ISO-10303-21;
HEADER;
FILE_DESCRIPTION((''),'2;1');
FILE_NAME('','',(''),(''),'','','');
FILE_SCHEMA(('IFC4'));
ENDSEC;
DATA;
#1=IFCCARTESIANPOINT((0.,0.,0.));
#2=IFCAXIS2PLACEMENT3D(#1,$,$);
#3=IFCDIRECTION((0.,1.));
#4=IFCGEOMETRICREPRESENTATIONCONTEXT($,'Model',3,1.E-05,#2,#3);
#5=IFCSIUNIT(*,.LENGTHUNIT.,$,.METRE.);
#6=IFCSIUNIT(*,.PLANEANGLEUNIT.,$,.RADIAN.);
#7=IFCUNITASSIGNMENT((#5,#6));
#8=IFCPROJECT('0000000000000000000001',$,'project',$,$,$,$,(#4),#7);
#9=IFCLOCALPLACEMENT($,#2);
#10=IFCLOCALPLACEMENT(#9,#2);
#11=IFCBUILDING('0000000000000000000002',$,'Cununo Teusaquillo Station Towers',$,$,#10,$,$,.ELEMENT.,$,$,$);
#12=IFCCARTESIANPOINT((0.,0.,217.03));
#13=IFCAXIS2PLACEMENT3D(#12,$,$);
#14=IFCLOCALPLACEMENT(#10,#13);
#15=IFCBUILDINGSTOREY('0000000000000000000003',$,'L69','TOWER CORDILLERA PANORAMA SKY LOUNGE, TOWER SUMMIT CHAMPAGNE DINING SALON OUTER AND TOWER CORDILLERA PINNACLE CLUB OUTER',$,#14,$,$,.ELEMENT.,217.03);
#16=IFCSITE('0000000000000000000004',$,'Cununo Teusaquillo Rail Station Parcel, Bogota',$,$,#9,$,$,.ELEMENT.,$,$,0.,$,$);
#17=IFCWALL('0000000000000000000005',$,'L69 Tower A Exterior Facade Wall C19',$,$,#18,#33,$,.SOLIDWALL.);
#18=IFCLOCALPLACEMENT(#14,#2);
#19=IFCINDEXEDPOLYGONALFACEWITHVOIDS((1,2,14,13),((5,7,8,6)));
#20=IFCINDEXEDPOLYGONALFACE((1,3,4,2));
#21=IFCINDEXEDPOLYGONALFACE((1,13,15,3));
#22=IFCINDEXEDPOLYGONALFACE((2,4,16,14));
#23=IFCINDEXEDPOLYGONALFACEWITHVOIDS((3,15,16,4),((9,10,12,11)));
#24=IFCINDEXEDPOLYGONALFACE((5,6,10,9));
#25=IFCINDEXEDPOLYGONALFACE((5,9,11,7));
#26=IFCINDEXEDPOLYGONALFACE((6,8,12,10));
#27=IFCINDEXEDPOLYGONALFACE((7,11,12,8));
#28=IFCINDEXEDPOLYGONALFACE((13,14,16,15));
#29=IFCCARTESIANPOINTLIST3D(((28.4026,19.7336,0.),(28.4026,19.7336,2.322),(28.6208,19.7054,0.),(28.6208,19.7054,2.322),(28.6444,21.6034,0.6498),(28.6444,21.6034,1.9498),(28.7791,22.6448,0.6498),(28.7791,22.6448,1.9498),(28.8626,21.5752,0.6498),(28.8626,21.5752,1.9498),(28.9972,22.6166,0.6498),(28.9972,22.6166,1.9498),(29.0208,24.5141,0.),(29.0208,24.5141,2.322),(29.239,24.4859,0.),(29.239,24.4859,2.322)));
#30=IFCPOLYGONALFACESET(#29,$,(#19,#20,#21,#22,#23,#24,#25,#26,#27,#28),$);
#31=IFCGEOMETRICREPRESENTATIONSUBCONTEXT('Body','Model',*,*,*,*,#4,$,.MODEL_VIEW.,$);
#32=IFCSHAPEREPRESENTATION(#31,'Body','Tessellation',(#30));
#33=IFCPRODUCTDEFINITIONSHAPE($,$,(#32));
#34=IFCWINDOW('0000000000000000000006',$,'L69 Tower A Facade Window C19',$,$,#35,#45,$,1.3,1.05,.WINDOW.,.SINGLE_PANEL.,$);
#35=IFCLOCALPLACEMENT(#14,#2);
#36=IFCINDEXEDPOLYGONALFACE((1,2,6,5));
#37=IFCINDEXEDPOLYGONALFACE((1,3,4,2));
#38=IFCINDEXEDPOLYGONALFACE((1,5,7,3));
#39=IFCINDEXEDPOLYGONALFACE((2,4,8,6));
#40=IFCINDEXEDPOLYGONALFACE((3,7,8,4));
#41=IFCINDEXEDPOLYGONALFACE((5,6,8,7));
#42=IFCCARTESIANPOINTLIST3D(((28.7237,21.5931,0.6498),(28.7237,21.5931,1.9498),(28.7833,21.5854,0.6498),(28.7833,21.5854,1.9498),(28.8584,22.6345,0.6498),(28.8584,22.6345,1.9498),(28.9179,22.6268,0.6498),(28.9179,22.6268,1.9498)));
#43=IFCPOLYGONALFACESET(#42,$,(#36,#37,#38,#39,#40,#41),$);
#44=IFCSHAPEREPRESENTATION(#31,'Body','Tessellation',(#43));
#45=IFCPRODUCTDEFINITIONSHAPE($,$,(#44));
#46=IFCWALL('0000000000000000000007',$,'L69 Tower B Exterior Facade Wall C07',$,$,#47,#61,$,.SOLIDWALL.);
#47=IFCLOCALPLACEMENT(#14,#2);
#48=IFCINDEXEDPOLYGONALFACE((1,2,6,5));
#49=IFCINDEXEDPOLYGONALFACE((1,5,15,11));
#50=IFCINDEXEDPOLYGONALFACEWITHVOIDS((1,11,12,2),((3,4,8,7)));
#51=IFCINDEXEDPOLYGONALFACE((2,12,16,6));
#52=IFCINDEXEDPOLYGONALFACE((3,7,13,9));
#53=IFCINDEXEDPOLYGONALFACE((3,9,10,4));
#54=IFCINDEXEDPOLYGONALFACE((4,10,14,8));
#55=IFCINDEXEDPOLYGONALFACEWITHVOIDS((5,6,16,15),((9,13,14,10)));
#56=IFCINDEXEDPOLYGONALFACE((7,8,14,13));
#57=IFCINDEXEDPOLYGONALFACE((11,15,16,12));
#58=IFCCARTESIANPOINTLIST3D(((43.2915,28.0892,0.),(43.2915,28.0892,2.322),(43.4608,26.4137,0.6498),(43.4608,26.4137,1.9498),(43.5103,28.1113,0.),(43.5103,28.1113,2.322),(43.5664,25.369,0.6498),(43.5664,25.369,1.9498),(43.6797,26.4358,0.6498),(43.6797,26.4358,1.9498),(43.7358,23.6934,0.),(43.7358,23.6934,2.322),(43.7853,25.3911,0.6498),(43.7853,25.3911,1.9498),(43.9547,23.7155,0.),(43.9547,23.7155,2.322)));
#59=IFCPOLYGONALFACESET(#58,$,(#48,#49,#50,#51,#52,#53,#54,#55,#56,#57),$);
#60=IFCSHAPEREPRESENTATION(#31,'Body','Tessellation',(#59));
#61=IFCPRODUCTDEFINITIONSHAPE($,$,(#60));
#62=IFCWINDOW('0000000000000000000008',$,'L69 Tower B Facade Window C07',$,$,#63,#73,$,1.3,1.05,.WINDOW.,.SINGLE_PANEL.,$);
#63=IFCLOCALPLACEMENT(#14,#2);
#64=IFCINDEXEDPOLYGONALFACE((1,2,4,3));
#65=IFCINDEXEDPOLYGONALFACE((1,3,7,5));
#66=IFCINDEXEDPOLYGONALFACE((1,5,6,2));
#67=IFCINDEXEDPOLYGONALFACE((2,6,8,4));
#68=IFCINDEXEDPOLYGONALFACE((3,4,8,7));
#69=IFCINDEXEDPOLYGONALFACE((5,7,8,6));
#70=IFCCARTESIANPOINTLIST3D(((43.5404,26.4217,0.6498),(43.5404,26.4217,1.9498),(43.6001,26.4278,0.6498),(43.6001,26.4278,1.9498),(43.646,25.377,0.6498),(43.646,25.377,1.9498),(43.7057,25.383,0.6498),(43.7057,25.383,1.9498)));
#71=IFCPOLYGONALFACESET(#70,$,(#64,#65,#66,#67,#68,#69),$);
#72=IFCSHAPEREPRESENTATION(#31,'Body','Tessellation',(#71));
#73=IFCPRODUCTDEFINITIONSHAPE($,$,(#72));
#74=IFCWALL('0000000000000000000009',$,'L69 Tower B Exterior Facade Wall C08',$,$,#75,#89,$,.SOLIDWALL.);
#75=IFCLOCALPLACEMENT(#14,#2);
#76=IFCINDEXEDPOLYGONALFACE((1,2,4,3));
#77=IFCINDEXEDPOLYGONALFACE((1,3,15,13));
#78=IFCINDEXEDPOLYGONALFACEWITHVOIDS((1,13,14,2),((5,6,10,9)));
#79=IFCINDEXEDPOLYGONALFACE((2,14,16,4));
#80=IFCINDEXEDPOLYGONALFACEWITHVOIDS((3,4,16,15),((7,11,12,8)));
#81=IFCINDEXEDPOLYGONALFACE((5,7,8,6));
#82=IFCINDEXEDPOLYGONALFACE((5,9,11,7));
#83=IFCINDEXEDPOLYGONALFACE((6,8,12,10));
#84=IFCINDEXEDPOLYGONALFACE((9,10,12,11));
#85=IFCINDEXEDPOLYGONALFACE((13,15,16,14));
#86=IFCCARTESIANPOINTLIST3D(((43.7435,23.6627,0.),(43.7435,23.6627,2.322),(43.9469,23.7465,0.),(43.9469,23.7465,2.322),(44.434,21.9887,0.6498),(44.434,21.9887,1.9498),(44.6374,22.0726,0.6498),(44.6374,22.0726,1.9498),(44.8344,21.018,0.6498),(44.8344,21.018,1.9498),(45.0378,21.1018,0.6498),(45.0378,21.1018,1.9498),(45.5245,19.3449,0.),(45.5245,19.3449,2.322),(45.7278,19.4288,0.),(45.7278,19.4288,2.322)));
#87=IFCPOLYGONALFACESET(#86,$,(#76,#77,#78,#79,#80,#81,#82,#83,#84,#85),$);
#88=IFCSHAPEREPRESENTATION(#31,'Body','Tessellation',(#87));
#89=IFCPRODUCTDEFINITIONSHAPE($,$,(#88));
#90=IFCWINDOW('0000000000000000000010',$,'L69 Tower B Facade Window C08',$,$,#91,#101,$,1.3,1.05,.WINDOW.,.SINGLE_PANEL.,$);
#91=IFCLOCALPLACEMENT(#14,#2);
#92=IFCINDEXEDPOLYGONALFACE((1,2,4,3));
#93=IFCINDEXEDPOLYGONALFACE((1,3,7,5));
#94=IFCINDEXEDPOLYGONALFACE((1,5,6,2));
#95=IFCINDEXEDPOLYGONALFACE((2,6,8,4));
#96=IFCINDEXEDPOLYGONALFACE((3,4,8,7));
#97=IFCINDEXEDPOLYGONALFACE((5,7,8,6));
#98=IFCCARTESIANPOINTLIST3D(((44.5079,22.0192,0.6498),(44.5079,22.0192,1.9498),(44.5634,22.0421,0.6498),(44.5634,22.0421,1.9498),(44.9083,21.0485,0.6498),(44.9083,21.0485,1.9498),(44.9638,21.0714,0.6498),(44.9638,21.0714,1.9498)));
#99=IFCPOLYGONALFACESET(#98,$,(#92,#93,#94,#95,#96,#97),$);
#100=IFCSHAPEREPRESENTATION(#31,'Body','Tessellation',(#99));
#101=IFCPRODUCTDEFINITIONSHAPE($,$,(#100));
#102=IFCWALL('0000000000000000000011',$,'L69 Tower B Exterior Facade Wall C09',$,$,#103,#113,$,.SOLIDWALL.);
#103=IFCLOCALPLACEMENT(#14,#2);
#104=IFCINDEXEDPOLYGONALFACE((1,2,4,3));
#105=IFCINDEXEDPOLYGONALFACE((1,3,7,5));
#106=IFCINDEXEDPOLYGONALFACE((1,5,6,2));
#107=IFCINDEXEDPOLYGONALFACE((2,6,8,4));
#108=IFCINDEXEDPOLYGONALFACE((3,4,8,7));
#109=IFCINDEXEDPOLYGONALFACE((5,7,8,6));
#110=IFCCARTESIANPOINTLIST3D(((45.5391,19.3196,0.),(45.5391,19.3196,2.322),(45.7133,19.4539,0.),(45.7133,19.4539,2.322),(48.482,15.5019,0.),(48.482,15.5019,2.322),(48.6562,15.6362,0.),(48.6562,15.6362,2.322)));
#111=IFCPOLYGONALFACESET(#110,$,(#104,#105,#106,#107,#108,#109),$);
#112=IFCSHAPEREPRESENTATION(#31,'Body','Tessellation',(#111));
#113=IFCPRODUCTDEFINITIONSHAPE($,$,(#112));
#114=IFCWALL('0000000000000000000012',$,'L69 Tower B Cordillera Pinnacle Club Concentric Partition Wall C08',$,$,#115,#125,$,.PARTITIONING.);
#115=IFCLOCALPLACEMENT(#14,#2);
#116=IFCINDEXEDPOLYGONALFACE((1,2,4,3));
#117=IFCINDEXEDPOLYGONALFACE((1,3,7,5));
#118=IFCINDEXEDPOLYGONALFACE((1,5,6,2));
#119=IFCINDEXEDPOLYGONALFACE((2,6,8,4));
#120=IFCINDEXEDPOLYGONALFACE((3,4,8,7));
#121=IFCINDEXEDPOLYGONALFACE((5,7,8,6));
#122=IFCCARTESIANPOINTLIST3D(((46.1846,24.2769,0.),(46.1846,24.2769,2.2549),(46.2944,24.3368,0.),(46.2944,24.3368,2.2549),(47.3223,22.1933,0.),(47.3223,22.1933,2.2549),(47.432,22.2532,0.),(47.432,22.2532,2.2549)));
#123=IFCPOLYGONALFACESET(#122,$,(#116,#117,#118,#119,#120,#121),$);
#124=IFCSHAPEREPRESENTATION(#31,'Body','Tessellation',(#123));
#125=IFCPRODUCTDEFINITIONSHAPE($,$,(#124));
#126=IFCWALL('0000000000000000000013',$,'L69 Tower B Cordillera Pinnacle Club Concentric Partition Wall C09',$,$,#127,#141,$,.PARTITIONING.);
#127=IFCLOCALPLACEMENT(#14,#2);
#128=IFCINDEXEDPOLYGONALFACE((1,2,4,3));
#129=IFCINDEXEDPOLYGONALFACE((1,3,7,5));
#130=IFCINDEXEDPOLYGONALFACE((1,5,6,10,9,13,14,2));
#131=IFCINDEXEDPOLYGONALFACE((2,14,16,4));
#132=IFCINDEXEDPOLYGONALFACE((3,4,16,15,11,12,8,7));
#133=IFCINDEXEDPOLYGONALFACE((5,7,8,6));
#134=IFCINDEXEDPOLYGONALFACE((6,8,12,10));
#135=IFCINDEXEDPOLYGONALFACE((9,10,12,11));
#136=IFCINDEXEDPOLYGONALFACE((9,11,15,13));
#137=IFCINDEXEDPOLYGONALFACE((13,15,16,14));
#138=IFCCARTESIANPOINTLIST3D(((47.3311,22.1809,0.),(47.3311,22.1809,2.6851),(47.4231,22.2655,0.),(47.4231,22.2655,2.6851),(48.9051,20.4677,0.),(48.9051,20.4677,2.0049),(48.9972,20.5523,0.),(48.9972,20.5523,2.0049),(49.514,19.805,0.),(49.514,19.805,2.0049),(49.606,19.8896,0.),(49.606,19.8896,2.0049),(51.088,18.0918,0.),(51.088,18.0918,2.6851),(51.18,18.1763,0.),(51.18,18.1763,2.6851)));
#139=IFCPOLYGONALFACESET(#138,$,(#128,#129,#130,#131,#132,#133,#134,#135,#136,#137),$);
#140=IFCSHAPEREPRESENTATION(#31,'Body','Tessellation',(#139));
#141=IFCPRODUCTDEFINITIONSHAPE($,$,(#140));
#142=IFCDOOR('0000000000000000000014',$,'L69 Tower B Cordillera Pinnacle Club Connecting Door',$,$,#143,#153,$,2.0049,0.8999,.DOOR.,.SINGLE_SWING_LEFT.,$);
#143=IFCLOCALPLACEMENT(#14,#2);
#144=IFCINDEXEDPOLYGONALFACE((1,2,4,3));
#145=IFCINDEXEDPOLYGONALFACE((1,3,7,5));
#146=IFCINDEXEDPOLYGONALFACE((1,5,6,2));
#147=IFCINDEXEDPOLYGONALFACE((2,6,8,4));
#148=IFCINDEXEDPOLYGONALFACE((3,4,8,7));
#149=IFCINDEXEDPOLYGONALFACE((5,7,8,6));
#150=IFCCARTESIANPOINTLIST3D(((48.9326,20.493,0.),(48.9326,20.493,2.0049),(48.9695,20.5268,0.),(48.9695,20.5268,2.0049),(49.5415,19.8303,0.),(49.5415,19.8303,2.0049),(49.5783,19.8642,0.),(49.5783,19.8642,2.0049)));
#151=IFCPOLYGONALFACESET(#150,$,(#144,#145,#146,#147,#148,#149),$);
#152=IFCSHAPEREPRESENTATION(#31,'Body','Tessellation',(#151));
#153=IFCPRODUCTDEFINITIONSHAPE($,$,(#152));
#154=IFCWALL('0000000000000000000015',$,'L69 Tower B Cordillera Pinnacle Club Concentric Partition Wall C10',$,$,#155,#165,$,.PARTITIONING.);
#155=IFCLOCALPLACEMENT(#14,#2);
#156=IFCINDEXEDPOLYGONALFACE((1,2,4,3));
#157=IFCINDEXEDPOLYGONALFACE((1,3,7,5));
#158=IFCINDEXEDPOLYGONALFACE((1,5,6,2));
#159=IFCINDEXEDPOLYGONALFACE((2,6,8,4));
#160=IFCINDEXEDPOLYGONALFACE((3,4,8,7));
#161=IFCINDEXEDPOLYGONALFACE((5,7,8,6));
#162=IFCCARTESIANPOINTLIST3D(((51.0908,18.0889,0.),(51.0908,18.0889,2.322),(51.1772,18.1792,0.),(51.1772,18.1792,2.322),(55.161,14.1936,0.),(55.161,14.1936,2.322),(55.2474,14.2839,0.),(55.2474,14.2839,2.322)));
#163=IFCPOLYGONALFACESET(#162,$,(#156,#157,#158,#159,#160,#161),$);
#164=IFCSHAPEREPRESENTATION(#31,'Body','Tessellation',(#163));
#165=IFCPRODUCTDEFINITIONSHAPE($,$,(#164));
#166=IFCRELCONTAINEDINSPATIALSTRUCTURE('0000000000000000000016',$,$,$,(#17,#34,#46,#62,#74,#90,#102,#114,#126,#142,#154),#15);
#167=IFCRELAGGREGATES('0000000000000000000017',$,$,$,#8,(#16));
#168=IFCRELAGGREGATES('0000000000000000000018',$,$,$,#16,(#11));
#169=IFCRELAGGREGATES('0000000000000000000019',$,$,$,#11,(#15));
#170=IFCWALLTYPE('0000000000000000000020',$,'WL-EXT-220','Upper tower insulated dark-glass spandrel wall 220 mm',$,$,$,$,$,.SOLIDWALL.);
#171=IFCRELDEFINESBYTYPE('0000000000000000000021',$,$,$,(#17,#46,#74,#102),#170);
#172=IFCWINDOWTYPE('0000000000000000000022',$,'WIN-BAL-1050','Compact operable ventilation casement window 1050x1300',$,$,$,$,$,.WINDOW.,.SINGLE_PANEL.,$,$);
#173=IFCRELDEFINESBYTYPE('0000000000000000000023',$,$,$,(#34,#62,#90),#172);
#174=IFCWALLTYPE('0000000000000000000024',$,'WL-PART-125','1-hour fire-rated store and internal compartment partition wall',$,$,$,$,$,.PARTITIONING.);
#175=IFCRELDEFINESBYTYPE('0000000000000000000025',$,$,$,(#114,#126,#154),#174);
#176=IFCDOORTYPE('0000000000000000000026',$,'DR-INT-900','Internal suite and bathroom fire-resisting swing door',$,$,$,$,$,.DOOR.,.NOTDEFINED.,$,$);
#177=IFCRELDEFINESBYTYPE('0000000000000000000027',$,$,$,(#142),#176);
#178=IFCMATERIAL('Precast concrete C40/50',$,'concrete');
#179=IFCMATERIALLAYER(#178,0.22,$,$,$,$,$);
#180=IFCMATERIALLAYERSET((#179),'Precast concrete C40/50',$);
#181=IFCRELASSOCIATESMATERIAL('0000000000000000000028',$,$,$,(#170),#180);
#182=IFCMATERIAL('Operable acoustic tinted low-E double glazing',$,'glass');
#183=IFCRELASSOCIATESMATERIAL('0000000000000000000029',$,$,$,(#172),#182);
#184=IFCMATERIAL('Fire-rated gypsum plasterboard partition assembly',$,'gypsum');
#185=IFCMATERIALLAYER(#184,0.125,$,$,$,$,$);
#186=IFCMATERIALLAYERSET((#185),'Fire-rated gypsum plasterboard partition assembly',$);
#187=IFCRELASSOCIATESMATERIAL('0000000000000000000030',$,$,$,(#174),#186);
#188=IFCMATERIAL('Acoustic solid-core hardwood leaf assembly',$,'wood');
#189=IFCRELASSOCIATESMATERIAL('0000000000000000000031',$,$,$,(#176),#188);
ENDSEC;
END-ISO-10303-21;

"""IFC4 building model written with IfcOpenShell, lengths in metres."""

from ifc_helpers import new_model, si_unit, direction, frame, frame_2d, origin, place, context, subcontext, project, spatial, rectangle, extrude, source, transform, mapped, material, layer, layer_set, type_object, element, fill, save


model = new_model("IFC4")

# Units and contexts
model_context = context("Model", 3, precision=1e-05, world=origin(), true_north=direction((0.0, 1.0)))
body_context = subcontext(model_context, "Body", "Model", "MODEL_VIEW")
ifc_project = project(units=[si_unit("LENGTHUNIT", "METRE"), si_unit("PLANEANGLEUNIT", "RADIAN")], contexts=[model_context])

# Site, building, storey
site_placement = place(None, origin())
site = spatial("IfcSite", under=ifc_project, at=site_placement, Name="Cununo Teusaquillo Rail Station Parcel, Bogota", CompositionType="ELEMENT", RefElevation=0.0)
building_placement = place(site_placement, origin())
building = spatial("IfcBuilding", under=site, at=building_placement, Name="Cununo Teusaquillo Station Towers", CompositionType="ELEMENT")
storey_placement = place(building_placement, frame((0.0, 0.0, 217.03)))
storey = spatial("IfcBuildingStorey", under=building, at=storey_placement, Name="L69", Description="TOWER CORDILLERA PANORAMA SKY LOUNGE, TOWER SUMMIT CHAMPAGNE DINING SALON OUTER AND TOWER CORDILLERA PINNACLE CLUB OUTER", CompositionType="ELEMENT", Elevation=217.03)

# Shared definitions
ifc_material_1 = material(Name="Precast concrete C40/50", Category="concrete")
ifc_layer_1 = layer(ifc_material_1, 0.22)
ifc_layer_set_1 = layer_set([ifc_layer_1], Name="Precast concrete C40/50")
wall_type_1 = type_object("IfcWallType", Name="WL-EXT-220", Description="Upper tower insulated dark-glass spandrel wall 220 mm", PredefinedType="SOLIDWALL", material=ifc_layer_set_1)

# Walls, openings, windows
wall_1_placement = place(storey_placement, frame((29.1299, 24.5, 0.0), z_axis=(0.0, 0.0, 1.0), x_axis=(-0.128241, -0.991743, 0.0)))
wall_1 = element("IfcWall", 1, at=wall_1_placement, inside=storey, type_object=wall_type_1, Name="L69 Tower A Exterior Facade Wall C19", PredefinedType="SOLIDWALL", context=body_context, shape_type="SweptSolid", body=[
    extrude(rectangle(XDim=4.8203, YDim=0.22, at=frame_2d((2.4102, 0.0))), origin(), (0.0, 0.0, 1.0), 2.322),
])
shared_shape_1 = source(origin(), body_context, "Body", "SweptSolid", [
    extrude(rectangle(XDim=1.05, YDim=1.3, at=frame_2d((0.5249, 0.6499))), frame((0.0, 0.1199, 0.0), z_axis=(0.0, -1.0, 0.0), x_axis=(1.0, 0.0, 0.0)), (0.0, 0.0, 1.0), 0.24),
])
opening_1_placement = place(wall_1_placement, frame((1.885, 0.0, 0.6499)))
opening_1 = element("IfcOpeningElement", 2, at=opening_1_placement, cuts=wall_1, PredefinedType="OPENING", context=body_context, shape_type="MappedRepresentation", body=[
    mapped(shared_shape_1, transform((0.0, 0.0, 0.0), x_axis=(1.0, 0.0, 0.0), y_axis=(0.0, 1.0, 0.0), z_axis=(0.0, 0.0, 1.0), scale=1.0)),
])
ifc_material_2 = material(Name="Operable acoustic tinted low-E double glazing", Category="glass")
window_type = type_object("IfcWindowType", Name="WIN-BAL-1050", Description="Compact operable ventilation casement window 1050x1300", PartitioningType="SINGLE_PANEL", PredefinedType="WINDOW", material=ifc_material_2)
shared_shape_2 = source(origin(), body_context, "Body", "SweptSolid", [
    extrude(rectangle(XDim=1.05, YDim=1.3, at=frame_2d((0.5249, 0.6499))), frame((0.0, 0.03, 0.0), z_axis=(0.0, -1.0, 0.0), x_axis=(1.0, 0.0, 0.0)), (0.0, 0.0, 1.0), 0.0601),
])
window_1_placement = place(opening_1_placement, origin())
window_1 = element("IfcWindow", 3, at=window_1_placement, inside=storey, type_object=window_type, Name="L69 Tower A Facade Window C19", OverallHeight=1.3, OverallWidth=1.05, PartitioningType="SINGLE_PANEL", PredefinedType="WINDOW", context=body_context, shape_type="MappedRepresentation", body=[
    mapped(shared_shape_2, transform((0.0, 0.0, 0.0), x_axis=(1.0, 0.0, 0.0), y_axis=(0.0, 1.0, 0.0), z_axis=(0.0, 0.0, 1.0), scale=1.0)),
])
fill(opening_1, window_1)
wall_2_placement = place(storey_placement, frame((43.8452, 23.7046, 0.0), z_axis=(0.0, 0.0, 1.0), x_axis=(-0.100571, 0.99493, 0.0)))
wall_2 = element("IfcWall", 4, at=wall_2_placement, inside=storey, type_object=wall_type_1, Name="L69 Tower B Exterior Facade Wall C07", PredefinedType="SOLIDWALL", context=body_context, shape_type="SweptSolid", body=[
    extrude(rectangle(XDim=4.4182, YDim=0.22, at=frame_2d((2.209, 0.0))), origin(), (0.0, 0.0, 1.0), 2.322),
])
opening_2_placement = place(wall_2_placement, frame((1.6841, 0.0, 0.6499)))
opening_2 = element("IfcOpeningElement", 5, at=opening_2_placement, cuts=wall_2, PredefinedType="OPENING", context=body_context, shape_type="MappedRepresentation", body=[
    mapped(shared_shape_1, transform((0.0, 0.0, 0.0), x_axis=(1.0, 0.0, 0.0), y_axis=(0.0, 1.0, 0.0), z_axis=(0.0, 0.0, 1.0), scale=1.0)),
])
window_2_placement = place(opening_2_placement, origin())
window_2 = element("IfcWindow", 6, at=window_2_placement, inside=storey, type_object=window_type, Name="L69 Tower B Facade Window C07", OverallHeight=1.3, OverallWidth=1.05, PartitioningType="SINGLE_PANEL", PredefinedType="WINDOW", context=body_context, shape_type="MappedRepresentation", body=[
    mapped(shared_shape_2, transform((0.0, 0.0, 0.0), x_axis=(1.0, 0.0, 0.0), y_axis=(0.0, 1.0, 0.0), z_axis=(0.0, 0.0, 1.0), scale=1.0)),
])
fill(opening_2, window_2)
wall_3_placement = place(storey_placement, frame((45.6262, 19.3867, 0.0), z_axis=(0.0, 0.0, 1.0), x_axis=(-0.38131, 0.924447, 0.0)))
wall_3 = element("IfcWall", 7, at=wall_3_placement, inside=storey, type_object=wall_type_1, Name="L69 Tower B Exterior Facade Wall C08", PredefinedType="SOLIDWALL", context=body_context, shape_type="SweptSolid", body=[
    extrude(rectangle(XDim=4.6707, YDim=0.22, at=frame_2d((2.3354, 0.0))), origin(), (0.0, 0.0, 1.0), 2.322),
])
opening_3_placement = place(wall_3_placement, frame((1.8101, 0.0, 0.6499)))
opening_3 = element("IfcOpeningElement", 8, at=opening_3_placement, cuts=wall_3, PredefinedType="OPENING", context=body_context, shape_type="MappedRepresentation", body=[
    mapped(shared_shape_1, transform((0.0, 0.0, 0.0), x_axis=(1.0, 0.0, 0.0), y_axis=(0.0, 1.0, 0.0), z_axis=(0.0, 0.0, 1.0), scale=1.0)),
])
window_3_placement = place(opening_3_placement, origin())
window_3 = element("IfcWindow", 9, at=window_3_placement, inside=storey, type_object=window_type, Name="L69 Tower B Facade Window C08", OverallHeight=1.3, OverallWidth=1.05, PartitioningType="SINGLE_PANEL", PredefinedType="WINDOW", context=body_context, shape_type="MappedRepresentation", body=[
    mapped(shared_shape_2, transform((0.0, 0.0, 0.0), x_axis=(1.0, 0.0, 0.0), y_axis=(0.0, 1.0, 0.0), z_axis=(0.0, 0.0, 1.0), scale=1.0)),
])
fill(opening_3, window_3)

# Walls
wall_4_placement = place(storey_placement, frame((48.5691, 15.5691, 0.0), z_axis=(0.0, 0.0, 1.0), x_axis=(-0.610523, 0.791998, 0.0)))
element("IfcWall", 10, at=wall_4_placement, inside=storey, type_object=wall_type_1, Name="L69 Tower B Exterior Facade Wall C09", PredefinedType="SOLIDWALL", context=body_context, shape_type="SweptSolid", body=[
    extrude(rectangle(XDim=4.8203, YDim=0.22, at=frame_2d((2.4102, 0.0))), origin(), (0.0, 0.0, 1.0), 2.322),
])
ifc_material_3 = material(Name="Fire-rated gypsum plasterboard partition assembly", Category="gypsum")
ifc_layer_2 = layer(ifc_material_3, 0.125)
ifc_layer_set_2 = layer_set([ifc_layer_2], Name="Fire-rated gypsum plasterboard partition assembly")
wall_type_2 = type_object("IfcWallType", Name="WL-PART-125", Description="1-hour fire-rated store and internal compartment partition wall", PredefinedType="PARTITIONING", material=ifc_layer_set_2)
wall_5_placement = place(storey_placement, frame((46.2395, 24.3069, 0.0), z_axis=(0.0, 0.0, 1.0), x_axis=(0.479212, -0.877699, 0.0)))
element("IfcWall", 11, at=wall_5_placement, inside=storey, type_object=wall_type_2, Name="L69 Tower B Cordillera Pinnacle Club Concentric Partition Wall C08", PredefinedType="PARTITIONING", context=body_context, shape_type="SweptSolid", body=[
    extrude(rectangle(XDim=2.374, YDim=0.125, at=frame_2d((1.187, 0.0))), origin(), (0.0, 0.0, 1.0), 2.2549),
])

# Wall, opening, door
wall_6_placement = place(storey_placement, frame((47.3772, 22.2231, 0.0), z_axis=(0.0, 0.0, 1.0), x_axis=(0.676554, -0.736393, 0.0)))
wall_6 = element("IfcWall", 12, at=wall_6_placement, inside=storey, type_object=wall_type_2, Name="L69 Tower B Cordillera Pinnacle Club Concentric Partition Wall C09", PredefinedType="PARTITIONING", context=body_context, shape_type="SweptSolid", body=[
    extrude(rectangle(XDim=5.553, YDim=0.125, at=frame_2d((2.7764, 0.0))), origin(), (0.0, 0.0, 1.0), 2.6851),
])
shared_shape_3 = source(origin(), body_context, "Body", "SweptSolid", [
    extrude(rectangle(XDim=0.8999, YDim=2.0049, at=frame_2d((0.45, 1.0024))), frame((0.0, 0.0725, 0.0), z_axis=(0.0, -1.0, 0.0), x_axis=(1.0, 0.0, 0.0)), (0.0, 0.0, 1.0), 0.145),
])
opening_4_placement = place(wall_6_placement, frame((2.3264, 0.0, 0.0)))
opening_4 = element("IfcOpeningElement", 13, at=opening_4_placement, cuts=wall_6, PredefinedType="OPENING", context=body_context, shape_type="MappedRepresentation", body=[
    mapped(shared_shape_3, transform((0.0, 0.0, 0.0), x_axis=(1.0, 0.0, 0.0), y_axis=(0.0, 1.0, 0.0), z_axis=(0.0, 0.0, 1.0), scale=1.0)),
])
ifc_material_4 = material(Name="Acoustic solid-core hardwood leaf assembly", Category="wood")
door_type_1 = type_object("IfcDoorType", Name="DR-INT-900", Description="Internal suite and bathroom fire-resisting swing door", OperationType="NOTDEFINED", PredefinedType="DOOR", material=ifc_material_4)
shared_shape_4 = source(origin(), body_context, "Body", "SweptSolid", [
    extrude(rectangle(XDim=0.8999, YDim=2.0049, at=frame_2d((0.45, 1.0024))), frame((0.0, 0.0249, 0.0), z_axis=(0.0, -1.0, 0.0), x_axis=(1.0, 0.0, 0.0)), (0.0, 0.0, 1.0), 0.05),
])
door_1_placement = place(opening_4_placement, origin())
door_1 = element("IfcDoor", 14, at=door_1_placement, inside=storey, type_object=door_type_1, Name="L69 Tower B Cordillera Pinnacle Club Connecting Door", OperationType="SINGLE_SWING_LEFT", OverallHeight=2.0049, OverallWidth=0.8999, PredefinedType="DOOR", context=body_context, shape_type="MappedRepresentation", body=[
    mapped(shared_shape_4, transform((0.0, 0.0, 0.0), x_axis=(1.0, 0.0, 0.0), y_axis=(0.0, 1.0, 0.0), z_axis=(0.0, 0.0, 1.0), scale=1.0)),
])
fill(opening_4, door_1)

# Wall
wall_7_placement = place(storey_placement, frame((51.134, 18.134, 0.0), z_axis=(0.0, 0.0, 1.0), x_axis=(0.722451, -0.691422, 0.0)))
element("IfcWall", 15, at=wall_7_placement, inside=storey, type_object=wall_type_2, Name="L69 Tower B Cordillera Pinnacle Club Concentric Partition Wall C10", PredefinedType="PARTITIONING", context=body_context, shape_type="SweptSolid", body=[
    extrude(rectangle(XDim=5.6338, YDim=0.125, at=frame_2d((2.8169, 0.0))), origin(), (0.0, 0.0, 1.0), 2.322),
])

save(model, "model.ifc")
